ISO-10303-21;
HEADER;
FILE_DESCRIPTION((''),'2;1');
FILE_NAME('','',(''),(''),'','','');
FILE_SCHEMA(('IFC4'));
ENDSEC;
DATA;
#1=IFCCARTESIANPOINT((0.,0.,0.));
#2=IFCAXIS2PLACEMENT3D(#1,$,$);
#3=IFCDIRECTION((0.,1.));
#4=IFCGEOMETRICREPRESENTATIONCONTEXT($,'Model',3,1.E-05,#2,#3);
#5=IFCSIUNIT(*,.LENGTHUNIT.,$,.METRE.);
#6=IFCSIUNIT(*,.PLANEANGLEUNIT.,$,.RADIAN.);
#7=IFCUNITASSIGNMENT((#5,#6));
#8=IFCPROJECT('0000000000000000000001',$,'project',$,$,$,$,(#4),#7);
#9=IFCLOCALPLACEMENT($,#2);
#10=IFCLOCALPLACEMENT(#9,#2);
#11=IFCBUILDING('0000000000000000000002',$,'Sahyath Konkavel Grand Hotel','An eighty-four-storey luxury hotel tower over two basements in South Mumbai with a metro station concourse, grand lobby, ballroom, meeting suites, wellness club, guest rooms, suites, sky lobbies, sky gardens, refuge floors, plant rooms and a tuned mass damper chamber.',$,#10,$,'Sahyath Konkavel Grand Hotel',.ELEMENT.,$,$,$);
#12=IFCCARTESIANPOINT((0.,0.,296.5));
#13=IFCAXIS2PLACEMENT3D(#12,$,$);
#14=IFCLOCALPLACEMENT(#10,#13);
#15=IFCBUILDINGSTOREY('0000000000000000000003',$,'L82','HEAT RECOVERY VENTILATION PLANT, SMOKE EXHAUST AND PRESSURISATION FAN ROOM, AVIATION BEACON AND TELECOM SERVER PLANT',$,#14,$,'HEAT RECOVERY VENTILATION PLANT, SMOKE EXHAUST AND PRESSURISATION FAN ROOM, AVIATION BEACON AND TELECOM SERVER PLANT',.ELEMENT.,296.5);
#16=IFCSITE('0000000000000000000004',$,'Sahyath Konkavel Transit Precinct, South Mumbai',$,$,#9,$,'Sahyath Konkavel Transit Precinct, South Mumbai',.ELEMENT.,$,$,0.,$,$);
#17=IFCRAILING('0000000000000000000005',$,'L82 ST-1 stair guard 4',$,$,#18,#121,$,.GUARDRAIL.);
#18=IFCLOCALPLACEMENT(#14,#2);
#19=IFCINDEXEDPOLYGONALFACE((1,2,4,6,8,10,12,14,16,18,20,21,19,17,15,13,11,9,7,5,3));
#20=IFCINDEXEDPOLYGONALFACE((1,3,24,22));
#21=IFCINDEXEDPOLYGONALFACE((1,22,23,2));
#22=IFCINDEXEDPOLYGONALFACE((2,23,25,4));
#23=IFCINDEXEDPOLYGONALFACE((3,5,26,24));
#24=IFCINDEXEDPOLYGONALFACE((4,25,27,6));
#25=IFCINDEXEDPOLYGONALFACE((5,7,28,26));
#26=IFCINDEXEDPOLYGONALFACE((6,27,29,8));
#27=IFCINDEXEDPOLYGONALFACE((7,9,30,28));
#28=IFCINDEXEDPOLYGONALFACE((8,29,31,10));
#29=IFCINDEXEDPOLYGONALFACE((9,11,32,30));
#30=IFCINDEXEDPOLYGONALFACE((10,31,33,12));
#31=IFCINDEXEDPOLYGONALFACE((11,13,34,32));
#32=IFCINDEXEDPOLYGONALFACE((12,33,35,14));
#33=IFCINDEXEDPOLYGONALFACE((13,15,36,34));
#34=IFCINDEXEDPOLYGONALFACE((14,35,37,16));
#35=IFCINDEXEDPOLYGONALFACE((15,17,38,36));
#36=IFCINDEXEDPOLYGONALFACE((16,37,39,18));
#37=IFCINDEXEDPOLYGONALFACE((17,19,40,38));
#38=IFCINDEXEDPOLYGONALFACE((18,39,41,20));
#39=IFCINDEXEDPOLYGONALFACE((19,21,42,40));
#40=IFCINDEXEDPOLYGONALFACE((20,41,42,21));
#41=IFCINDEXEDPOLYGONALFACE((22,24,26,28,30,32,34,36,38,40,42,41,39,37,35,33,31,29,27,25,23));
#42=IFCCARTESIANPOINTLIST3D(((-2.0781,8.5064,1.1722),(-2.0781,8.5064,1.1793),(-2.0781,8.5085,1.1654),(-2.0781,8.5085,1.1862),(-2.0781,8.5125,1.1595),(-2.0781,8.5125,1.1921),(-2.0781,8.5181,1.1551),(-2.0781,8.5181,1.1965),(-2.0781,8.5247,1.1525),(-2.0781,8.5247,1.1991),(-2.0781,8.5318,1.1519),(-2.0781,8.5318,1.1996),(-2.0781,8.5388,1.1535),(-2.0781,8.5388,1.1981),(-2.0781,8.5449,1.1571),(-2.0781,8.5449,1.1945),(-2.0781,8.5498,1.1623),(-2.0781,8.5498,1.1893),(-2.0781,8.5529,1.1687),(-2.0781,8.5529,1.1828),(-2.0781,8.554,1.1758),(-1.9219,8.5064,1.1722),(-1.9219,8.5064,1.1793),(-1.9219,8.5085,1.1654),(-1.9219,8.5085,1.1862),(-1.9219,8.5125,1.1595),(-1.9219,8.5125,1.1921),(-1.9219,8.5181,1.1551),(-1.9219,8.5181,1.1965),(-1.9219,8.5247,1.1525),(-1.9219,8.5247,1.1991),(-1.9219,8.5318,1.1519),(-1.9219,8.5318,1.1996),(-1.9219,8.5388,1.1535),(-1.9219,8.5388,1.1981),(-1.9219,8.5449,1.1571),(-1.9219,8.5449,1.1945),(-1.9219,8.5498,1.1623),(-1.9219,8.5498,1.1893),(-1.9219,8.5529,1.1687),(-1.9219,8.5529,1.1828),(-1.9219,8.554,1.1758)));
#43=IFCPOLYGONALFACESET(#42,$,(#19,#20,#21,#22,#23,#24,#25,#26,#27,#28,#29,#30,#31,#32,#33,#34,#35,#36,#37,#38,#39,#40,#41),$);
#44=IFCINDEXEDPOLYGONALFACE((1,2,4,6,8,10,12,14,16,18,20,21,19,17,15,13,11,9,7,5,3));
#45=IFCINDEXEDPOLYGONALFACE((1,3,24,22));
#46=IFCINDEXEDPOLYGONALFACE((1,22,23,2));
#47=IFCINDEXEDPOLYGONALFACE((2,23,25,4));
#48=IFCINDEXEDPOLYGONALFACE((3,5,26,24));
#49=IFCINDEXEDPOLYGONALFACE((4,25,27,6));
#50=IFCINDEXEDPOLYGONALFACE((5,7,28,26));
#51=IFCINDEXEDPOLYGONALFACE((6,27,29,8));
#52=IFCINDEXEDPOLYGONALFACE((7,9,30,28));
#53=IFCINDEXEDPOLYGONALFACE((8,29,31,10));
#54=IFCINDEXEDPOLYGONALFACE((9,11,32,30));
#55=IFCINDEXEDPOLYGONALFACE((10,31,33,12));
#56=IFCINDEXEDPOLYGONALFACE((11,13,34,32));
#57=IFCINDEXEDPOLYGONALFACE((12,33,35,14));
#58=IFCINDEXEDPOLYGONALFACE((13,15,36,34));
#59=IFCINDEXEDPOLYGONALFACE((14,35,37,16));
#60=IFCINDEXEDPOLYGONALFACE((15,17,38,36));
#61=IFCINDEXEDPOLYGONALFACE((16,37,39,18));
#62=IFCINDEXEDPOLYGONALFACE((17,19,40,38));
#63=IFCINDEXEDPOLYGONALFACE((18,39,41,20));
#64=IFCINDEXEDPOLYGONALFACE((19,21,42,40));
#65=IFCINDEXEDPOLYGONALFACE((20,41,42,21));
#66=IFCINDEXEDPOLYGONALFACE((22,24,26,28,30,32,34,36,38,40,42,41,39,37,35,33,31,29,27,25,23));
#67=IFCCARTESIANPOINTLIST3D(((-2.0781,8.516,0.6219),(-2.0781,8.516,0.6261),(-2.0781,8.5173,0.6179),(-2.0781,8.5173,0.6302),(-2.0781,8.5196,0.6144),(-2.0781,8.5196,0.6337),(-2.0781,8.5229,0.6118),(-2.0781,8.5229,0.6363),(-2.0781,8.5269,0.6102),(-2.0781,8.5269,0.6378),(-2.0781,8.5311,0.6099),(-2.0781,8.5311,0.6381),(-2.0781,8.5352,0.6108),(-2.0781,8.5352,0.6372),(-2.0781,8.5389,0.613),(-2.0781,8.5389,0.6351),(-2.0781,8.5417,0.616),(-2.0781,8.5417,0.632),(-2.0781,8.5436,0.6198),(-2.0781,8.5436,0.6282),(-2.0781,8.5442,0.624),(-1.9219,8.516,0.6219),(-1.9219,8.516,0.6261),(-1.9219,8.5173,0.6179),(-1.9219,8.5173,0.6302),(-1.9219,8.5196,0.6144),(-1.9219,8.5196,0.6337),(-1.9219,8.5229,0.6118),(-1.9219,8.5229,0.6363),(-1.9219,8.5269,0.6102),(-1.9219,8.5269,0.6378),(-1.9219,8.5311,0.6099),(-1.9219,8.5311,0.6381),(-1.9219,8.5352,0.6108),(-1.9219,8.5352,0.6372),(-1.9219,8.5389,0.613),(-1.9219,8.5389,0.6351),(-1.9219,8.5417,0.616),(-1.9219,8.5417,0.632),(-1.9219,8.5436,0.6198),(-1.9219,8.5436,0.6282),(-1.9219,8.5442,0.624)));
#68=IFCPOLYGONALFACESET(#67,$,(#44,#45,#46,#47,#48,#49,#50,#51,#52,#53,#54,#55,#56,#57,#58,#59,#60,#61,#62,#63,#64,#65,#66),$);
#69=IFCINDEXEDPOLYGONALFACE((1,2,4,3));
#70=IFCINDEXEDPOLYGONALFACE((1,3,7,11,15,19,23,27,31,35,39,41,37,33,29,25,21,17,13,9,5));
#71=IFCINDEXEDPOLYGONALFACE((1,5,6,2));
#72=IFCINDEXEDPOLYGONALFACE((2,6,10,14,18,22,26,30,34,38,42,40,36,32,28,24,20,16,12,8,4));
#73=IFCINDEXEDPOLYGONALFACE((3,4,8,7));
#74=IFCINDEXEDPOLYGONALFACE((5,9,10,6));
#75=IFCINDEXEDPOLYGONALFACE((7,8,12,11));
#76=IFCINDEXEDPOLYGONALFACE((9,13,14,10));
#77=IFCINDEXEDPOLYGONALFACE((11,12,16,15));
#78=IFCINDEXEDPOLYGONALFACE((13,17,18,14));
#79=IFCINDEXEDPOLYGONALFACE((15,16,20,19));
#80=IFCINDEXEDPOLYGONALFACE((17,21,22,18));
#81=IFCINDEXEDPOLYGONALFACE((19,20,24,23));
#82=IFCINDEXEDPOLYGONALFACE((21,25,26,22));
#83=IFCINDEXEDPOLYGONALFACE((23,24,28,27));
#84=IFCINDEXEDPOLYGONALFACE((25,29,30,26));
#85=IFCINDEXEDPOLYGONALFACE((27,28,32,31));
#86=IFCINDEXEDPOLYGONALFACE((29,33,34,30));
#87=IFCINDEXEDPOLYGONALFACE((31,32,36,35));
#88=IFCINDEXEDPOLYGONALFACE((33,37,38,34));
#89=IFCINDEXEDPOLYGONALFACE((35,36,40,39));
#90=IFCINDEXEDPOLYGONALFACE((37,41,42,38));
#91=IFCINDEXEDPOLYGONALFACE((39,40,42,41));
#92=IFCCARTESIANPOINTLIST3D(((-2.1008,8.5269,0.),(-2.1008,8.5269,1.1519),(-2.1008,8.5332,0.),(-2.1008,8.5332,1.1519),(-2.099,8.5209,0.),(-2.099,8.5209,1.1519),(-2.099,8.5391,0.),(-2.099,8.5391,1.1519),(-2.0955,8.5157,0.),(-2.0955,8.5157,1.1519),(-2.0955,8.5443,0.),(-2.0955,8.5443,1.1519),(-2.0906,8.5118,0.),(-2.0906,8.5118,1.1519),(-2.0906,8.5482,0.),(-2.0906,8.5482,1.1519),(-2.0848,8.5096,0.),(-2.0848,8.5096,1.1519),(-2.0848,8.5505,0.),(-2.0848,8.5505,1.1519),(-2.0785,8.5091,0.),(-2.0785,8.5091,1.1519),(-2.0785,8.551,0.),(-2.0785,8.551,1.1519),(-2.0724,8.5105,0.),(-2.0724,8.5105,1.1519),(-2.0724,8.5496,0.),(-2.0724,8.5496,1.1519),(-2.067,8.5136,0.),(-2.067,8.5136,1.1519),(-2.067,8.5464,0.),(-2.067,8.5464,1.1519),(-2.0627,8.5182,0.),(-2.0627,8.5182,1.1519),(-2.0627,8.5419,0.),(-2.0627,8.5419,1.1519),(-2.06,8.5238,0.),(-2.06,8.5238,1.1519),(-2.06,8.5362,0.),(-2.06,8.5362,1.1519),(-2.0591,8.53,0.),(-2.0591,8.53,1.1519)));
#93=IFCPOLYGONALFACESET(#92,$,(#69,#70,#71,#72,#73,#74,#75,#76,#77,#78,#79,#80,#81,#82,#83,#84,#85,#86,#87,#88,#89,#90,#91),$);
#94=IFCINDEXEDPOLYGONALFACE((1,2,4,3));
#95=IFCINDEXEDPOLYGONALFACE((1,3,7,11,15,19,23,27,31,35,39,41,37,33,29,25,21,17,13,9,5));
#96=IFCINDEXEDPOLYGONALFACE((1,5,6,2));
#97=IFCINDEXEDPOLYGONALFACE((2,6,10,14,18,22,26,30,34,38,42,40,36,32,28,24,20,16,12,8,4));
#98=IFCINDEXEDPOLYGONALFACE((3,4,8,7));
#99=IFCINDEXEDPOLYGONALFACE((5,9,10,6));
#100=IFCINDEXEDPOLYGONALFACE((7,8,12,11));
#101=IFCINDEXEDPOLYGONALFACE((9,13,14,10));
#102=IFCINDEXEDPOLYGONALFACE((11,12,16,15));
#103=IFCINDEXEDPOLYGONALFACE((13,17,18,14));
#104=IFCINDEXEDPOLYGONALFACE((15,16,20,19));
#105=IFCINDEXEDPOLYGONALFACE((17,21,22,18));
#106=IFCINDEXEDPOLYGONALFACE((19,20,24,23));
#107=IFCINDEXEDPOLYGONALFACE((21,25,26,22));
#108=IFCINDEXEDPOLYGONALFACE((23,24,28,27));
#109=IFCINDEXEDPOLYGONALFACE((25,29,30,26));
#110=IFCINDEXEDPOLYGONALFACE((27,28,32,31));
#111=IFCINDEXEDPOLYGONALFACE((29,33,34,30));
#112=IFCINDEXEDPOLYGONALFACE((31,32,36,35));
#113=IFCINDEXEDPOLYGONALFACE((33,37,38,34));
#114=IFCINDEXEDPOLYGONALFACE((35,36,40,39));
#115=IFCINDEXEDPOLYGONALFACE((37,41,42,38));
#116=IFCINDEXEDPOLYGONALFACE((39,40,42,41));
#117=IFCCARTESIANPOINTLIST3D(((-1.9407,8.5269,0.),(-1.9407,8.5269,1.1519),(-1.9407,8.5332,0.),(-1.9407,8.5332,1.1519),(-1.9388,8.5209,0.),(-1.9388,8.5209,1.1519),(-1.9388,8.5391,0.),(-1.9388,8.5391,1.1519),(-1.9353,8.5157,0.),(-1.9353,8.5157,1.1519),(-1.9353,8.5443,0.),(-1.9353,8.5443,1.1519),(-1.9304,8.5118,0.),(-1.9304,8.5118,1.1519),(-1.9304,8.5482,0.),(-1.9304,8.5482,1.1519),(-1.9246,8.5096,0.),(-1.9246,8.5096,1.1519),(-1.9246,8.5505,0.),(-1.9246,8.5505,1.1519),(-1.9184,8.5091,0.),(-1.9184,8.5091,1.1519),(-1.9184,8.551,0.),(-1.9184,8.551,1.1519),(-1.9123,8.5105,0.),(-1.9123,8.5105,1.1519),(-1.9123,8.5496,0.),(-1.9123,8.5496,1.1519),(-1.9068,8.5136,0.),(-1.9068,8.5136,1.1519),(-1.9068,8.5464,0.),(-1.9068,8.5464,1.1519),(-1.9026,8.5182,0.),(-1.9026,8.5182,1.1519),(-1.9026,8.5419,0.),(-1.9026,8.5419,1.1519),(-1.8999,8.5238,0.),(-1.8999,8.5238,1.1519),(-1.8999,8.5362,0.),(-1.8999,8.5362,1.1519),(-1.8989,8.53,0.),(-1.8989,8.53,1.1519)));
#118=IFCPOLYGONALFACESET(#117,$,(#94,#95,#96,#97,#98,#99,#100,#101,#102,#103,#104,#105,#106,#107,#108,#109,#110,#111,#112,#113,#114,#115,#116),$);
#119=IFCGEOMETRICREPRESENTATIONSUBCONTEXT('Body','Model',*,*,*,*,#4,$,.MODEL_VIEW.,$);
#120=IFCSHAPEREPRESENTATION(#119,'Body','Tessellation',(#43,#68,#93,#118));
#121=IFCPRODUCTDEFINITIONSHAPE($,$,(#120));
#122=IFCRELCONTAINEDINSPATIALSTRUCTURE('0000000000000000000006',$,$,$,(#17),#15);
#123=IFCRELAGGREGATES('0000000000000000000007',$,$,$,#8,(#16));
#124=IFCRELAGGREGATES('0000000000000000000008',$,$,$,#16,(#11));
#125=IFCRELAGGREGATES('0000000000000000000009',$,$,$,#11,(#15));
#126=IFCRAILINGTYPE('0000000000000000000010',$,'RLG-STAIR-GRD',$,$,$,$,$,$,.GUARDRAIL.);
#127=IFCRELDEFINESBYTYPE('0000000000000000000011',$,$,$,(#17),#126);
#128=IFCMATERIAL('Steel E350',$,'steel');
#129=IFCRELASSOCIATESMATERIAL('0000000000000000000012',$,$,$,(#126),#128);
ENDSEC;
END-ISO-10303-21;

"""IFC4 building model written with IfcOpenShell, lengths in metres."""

from ifc_helpers import new_model, si_unit, direction, frame, origin, origin_2d, place, context, subcontext, project, spatial, circle, extrude, material, type_object, element, save


model = new_model("IFC4")

# Units and contexts
model_context = context("Model", 3, precision=1e-05, world=origin(), true_north=direction((0.0, 1.0)))
body_context = subcontext(model_context, "Body", "Model", "MODEL_VIEW")
ifc_project = project(units=[si_unit("LENGTHUNIT", "METRE"), si_unit("PLANEANGLEUNIT", "RADIAN")], contexts=[model_context])

# Site, building, storey
site_placement = place(None, origin())
site = spatial("IfcSite", under=ifc_project, at=site_placement, Name="Sahyath Konkavel Transit Precinct, South Mumbai", LongName="Sahyath Konkavel Transit Precinct, South Mumbai", CompositionType="ELEMENT", RefElevation=0.0)
building_placement = place(site_placement, origin())
building = spatial("IfcBuilding", under=site, at=building_placement, Name="Sahyath Konkavel Grand Hotel", Description="An eighty-four-storey luxury hotel tower over two basements in South Mumbai with a metro station concourse, grand lobby, ballroom, meeting suites, wellness club, guest rooms, suites, sky lobbies, sky gardens, refuge floors, plant rooms and a tuned mass damper chamber.", LongName="Sahyath Konkavel Grand Hotel", CompositionType="ELEMENT")
storey_placement = place(building_placement, frame((0.0, 0.0, 296.5)))
storey = spatial("IfcBuildingStorey", under=building, at=storey_placement, Name="L82", Description="HEAT RECOVERY VENTILATION PLANT, SMOKE EXHAUST AND PRESSURISATION FAN ROOM, AVIATION BEACON AND TELECOM SERVER PLANT", LongName="HEAT RECOVERY VENTILATION PLANT, SMOKE EXHAUST AND PRESSURISATION FAN ROOM, AVIATION BEACON AND TELECOM SERVER PLANT", CompositionType="ELEMENT", Elevation=296.5)

# Shared definitions
ifc_material_1 = material(Name="Steel E350", Category="steel")

# Railing
railing_type_1 = type_object("IfcRailingType", Name="RLG-STAIR-GRD", PredefinedType="GUARDRAIL", material=ifc_material_1)
railing_1_placement = place(storey_placement, frame((-2.0801, 8.53, 0.0)))
element("IfcRailing", 1, at=railing_1_placement, inside=storey, type_object=railing_type_1, Name="L82 ST-1 stair guard 4", PredefinedType="GUARDRAIL", context=body_context, shape_type="SweptSolid", body=[
    extrude(circle(Radius=0.0239, at=origin_2d()), frame((0.002, 0.0, 1.1758), z_axis=(1.0, 0.0, 0.0), x_axis=(0.0, 1.0, 0.0)), (0.0, 0.0, 1.0), 0.1562),
    extrude(circle(Radius=0.0142, at=origin_2d()), frame((0.002, 0.0, 0.624), z_axis=(1.0, 0.0, 0.0), x_axis=(0.0, 1.0, 0.0)), (0.0, 0.0, 1.0), 0.1562),
    extrude(circle(Radius=0.021, at=origin_2d()), origin(), (0.0, 0.0, 1.0), 1.1519),
    extrude(circle(Radius=0.021, at=origin_2d()), frame((0.1602, 0.0, 0.0)), (0.0, 0.0, 1.0), 1.1519),
])

save(model, "model.ifc")
